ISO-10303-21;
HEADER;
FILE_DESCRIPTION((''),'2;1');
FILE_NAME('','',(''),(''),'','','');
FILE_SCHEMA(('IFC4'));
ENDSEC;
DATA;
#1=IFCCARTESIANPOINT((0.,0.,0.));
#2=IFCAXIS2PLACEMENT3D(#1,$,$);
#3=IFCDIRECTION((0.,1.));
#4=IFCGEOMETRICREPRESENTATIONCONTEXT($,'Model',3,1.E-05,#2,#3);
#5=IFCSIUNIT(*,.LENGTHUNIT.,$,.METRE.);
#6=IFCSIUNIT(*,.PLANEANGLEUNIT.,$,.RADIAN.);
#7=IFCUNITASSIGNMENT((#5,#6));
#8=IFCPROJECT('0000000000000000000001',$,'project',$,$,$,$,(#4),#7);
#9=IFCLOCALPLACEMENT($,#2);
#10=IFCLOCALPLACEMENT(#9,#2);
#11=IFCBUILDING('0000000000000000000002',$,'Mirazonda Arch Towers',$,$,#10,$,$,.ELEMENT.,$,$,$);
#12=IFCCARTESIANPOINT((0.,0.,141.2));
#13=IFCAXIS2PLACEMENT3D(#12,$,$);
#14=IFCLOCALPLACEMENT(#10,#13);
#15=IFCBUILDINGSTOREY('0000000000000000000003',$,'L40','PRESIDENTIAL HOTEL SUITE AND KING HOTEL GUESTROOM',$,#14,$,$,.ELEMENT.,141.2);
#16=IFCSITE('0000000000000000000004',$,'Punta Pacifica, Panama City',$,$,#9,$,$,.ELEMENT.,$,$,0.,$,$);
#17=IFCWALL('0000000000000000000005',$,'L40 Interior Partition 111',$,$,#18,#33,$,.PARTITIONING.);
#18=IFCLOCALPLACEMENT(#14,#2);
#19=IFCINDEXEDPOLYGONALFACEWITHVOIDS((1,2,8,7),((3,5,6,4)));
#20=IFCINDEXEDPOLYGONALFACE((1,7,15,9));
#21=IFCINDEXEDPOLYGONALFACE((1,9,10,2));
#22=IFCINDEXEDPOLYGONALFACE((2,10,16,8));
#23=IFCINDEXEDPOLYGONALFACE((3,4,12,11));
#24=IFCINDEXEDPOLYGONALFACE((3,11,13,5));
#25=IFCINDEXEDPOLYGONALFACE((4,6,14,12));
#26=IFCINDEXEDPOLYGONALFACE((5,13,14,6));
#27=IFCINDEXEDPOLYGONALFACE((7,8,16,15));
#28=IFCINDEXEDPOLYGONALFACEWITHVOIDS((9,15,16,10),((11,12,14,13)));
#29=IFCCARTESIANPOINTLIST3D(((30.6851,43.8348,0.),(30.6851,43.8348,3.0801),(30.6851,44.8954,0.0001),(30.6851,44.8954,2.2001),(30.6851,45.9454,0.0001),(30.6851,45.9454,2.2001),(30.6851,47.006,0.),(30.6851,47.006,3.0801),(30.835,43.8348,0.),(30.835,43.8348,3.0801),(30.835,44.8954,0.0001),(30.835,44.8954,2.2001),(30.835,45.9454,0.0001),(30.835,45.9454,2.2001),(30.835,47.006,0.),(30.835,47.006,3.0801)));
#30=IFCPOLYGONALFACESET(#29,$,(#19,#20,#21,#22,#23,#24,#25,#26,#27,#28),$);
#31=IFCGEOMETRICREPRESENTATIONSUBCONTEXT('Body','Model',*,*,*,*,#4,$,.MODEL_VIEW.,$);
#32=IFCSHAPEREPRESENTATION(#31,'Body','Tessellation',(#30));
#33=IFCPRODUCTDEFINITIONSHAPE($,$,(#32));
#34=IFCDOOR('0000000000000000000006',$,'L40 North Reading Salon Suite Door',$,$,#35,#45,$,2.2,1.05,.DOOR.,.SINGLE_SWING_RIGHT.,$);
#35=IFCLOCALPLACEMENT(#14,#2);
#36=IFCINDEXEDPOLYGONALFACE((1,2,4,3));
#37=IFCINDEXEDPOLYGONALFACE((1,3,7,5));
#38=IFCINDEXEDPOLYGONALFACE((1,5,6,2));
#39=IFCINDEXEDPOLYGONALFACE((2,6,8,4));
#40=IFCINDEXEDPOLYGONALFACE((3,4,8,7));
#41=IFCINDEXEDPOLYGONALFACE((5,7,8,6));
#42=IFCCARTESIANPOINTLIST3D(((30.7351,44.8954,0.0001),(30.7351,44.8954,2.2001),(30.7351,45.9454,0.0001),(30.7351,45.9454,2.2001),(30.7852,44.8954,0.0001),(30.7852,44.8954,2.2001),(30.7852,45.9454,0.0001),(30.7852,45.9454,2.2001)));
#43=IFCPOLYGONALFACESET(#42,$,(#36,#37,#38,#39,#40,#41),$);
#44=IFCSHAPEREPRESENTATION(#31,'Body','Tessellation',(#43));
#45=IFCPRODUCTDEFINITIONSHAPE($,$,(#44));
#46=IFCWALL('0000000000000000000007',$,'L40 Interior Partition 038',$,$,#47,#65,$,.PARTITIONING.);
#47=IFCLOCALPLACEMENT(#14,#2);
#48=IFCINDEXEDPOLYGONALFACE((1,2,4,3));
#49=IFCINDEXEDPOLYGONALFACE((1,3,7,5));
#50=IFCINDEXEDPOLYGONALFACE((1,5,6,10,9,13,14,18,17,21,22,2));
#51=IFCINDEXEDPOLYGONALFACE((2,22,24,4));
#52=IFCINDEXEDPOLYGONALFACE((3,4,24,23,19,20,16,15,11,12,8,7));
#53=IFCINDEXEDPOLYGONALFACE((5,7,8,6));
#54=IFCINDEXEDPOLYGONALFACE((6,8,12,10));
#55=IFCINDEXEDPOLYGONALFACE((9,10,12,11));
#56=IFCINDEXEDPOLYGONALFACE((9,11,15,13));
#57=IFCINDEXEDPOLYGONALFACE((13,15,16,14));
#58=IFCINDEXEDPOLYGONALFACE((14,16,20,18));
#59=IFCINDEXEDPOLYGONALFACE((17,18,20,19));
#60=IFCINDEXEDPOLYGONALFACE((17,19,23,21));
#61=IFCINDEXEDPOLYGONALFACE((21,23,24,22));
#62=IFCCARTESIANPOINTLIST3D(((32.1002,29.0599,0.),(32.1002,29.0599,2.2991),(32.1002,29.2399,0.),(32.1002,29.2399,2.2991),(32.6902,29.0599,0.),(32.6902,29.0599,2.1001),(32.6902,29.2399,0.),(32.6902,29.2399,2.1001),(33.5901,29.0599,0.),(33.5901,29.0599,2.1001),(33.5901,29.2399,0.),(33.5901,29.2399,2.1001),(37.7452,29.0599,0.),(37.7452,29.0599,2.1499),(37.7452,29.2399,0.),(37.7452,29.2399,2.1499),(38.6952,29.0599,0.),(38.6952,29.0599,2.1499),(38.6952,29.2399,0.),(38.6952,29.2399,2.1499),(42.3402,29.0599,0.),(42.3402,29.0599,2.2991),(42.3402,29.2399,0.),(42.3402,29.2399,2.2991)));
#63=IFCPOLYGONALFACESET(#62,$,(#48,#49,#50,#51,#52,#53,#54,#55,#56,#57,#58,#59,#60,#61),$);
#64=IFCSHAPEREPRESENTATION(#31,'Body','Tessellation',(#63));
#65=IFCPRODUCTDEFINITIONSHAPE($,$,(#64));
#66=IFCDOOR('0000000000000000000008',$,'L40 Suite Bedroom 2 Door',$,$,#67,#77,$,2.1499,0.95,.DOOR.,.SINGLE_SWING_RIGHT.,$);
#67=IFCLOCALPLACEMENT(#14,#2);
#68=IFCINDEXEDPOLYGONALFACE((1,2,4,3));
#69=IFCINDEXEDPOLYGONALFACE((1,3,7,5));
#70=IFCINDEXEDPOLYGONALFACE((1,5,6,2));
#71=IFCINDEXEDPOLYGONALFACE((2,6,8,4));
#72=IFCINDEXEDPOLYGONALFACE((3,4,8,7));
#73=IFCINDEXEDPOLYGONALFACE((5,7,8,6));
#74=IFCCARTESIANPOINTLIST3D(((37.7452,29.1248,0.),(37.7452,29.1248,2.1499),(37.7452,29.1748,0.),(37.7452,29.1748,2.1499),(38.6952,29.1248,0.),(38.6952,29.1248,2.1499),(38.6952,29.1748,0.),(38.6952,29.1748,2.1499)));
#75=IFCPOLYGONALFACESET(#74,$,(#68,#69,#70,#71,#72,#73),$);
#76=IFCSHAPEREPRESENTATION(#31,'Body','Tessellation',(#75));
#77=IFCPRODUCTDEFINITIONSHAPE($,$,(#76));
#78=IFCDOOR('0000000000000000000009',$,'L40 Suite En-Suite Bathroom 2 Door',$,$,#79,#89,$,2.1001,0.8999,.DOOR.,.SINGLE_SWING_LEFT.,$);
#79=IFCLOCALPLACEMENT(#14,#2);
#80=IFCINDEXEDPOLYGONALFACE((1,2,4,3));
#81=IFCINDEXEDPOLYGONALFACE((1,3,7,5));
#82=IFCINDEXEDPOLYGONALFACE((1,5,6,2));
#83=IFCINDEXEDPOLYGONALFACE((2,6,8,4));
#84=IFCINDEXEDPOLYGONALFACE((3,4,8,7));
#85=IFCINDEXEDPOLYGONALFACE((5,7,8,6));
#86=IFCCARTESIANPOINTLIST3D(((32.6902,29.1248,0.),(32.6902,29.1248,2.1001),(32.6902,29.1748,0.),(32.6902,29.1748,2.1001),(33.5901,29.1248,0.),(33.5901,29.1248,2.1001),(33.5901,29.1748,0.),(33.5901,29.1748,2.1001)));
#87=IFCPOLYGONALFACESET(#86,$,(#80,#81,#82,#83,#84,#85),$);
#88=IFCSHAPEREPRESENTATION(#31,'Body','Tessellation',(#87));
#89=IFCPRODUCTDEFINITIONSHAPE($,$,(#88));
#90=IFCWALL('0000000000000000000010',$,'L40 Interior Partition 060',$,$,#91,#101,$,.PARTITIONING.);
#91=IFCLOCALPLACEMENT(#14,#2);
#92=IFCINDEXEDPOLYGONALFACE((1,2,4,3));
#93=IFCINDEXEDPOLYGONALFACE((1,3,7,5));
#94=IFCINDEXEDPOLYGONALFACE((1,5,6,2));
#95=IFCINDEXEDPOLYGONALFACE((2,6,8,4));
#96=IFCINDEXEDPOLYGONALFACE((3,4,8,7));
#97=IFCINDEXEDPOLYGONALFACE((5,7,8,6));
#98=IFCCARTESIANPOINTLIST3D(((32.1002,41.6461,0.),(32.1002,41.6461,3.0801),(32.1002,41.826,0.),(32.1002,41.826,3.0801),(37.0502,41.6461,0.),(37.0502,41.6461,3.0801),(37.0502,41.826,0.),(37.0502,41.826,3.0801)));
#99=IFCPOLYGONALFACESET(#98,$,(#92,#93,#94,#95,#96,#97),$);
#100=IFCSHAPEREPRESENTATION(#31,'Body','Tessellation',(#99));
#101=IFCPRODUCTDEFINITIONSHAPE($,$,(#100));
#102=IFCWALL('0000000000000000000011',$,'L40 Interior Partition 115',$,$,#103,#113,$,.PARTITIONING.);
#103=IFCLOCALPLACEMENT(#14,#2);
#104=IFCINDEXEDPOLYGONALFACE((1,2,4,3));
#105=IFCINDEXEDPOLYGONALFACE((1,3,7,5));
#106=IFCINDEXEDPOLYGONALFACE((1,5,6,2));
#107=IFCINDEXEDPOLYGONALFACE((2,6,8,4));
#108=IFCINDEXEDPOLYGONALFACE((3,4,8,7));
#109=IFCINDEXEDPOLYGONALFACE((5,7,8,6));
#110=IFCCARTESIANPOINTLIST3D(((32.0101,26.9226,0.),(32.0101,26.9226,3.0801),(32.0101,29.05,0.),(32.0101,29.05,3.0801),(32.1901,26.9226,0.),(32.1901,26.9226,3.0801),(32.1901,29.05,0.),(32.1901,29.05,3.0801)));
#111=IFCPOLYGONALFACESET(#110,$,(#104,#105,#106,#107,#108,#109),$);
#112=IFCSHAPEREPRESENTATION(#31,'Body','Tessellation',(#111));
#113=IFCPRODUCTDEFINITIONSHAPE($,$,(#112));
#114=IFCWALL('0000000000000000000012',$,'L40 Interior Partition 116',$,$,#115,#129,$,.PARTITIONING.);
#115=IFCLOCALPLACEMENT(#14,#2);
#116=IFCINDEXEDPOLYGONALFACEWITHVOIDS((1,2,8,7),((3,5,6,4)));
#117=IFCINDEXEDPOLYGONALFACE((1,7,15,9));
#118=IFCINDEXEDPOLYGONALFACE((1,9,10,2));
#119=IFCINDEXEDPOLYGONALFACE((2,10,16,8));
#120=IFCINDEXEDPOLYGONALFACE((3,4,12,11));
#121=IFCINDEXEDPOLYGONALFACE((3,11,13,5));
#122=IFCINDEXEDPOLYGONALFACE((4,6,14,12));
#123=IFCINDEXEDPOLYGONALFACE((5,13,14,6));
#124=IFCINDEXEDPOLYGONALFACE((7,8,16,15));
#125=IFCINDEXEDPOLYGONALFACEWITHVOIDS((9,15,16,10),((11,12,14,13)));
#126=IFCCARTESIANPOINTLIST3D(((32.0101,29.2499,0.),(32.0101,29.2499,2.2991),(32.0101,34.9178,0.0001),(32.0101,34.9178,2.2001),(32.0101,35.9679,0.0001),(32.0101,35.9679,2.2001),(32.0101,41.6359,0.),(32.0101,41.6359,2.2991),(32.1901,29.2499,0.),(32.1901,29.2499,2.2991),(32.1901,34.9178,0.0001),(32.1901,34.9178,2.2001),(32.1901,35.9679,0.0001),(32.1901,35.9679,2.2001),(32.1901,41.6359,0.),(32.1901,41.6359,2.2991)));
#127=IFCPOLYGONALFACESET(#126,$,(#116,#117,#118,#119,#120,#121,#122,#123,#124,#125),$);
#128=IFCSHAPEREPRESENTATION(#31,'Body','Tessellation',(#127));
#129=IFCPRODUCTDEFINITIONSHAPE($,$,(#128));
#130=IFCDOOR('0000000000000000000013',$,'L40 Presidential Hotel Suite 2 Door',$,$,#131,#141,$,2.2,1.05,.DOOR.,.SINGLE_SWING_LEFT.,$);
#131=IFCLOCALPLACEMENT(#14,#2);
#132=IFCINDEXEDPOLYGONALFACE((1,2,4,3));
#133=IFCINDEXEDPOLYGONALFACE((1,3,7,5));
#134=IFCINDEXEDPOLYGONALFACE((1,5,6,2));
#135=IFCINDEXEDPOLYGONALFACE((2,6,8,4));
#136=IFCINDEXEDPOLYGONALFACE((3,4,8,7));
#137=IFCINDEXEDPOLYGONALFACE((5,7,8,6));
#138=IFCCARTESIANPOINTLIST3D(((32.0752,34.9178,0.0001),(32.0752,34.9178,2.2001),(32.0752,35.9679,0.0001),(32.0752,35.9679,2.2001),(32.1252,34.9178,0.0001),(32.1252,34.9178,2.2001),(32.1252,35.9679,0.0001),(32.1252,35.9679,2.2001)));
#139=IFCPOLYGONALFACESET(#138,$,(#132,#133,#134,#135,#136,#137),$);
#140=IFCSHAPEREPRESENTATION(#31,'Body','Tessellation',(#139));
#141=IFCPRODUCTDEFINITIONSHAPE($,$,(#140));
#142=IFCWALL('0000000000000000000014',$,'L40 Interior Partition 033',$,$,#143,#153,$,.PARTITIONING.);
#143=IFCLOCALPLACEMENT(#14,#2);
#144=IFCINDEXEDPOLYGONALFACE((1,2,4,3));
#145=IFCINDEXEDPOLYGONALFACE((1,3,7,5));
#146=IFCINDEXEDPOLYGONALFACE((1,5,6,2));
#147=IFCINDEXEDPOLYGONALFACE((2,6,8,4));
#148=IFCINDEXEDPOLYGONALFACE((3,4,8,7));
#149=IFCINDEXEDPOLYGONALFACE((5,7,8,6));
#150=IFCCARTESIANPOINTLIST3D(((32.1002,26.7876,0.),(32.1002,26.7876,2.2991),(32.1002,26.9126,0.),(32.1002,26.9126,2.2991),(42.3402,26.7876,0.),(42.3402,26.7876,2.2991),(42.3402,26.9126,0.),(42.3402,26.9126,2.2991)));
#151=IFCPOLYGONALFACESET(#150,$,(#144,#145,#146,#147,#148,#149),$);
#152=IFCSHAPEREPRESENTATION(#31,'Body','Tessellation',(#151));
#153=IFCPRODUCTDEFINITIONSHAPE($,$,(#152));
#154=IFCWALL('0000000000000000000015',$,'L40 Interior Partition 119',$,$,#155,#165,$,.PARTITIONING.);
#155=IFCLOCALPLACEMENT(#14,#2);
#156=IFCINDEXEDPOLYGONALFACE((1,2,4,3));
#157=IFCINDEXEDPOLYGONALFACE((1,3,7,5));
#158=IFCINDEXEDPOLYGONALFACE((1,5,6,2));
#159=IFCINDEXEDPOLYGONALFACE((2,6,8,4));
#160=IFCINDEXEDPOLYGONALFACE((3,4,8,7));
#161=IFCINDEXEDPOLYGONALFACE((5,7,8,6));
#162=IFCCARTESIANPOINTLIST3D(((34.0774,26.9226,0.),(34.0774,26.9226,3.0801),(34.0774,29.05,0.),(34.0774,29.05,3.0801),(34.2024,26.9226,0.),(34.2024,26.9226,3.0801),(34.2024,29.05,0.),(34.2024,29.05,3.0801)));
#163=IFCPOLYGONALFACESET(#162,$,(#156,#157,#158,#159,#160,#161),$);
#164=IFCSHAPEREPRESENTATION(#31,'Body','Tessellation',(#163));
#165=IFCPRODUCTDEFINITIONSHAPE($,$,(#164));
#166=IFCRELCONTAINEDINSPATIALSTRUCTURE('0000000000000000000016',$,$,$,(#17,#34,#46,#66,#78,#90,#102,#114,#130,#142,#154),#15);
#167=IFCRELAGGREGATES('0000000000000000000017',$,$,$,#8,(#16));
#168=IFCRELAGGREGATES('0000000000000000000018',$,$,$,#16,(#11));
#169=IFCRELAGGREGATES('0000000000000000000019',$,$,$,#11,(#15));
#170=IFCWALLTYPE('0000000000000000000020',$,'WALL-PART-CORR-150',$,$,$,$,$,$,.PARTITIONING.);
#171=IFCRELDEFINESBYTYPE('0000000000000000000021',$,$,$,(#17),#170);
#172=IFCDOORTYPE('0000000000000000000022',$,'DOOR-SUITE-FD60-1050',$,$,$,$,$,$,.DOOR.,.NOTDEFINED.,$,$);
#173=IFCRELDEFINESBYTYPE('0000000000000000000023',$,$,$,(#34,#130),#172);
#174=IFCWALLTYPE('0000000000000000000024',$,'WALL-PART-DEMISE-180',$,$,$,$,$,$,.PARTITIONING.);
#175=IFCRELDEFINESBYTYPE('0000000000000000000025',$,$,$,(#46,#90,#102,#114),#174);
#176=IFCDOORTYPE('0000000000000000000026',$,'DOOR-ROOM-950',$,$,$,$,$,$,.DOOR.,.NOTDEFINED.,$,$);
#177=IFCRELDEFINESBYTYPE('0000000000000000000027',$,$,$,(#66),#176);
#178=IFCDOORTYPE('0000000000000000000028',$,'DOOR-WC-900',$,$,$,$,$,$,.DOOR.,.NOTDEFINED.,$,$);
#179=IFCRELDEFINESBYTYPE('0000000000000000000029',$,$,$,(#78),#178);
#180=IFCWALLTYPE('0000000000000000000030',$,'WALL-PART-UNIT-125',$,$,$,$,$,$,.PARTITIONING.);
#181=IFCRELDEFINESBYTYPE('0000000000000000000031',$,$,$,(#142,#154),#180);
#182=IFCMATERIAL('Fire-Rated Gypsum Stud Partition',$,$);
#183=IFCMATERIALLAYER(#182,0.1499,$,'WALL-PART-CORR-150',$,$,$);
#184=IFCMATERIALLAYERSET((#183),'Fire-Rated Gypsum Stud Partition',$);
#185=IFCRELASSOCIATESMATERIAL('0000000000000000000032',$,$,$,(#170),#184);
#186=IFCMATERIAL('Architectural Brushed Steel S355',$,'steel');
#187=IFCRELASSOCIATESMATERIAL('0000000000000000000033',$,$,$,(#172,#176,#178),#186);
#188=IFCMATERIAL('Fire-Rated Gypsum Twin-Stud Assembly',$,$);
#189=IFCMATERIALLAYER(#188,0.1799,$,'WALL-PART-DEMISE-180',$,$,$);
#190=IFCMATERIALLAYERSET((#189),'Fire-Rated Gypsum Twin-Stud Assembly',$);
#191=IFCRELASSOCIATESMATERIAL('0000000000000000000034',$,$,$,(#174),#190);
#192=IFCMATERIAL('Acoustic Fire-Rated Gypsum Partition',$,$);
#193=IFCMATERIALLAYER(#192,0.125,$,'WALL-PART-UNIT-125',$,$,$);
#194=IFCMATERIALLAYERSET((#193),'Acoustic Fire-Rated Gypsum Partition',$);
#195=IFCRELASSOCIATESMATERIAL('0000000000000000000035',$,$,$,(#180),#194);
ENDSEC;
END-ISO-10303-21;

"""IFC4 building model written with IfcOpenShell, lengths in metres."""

from ifc_helpers import new_model, si_unit, direction, frame, frame_2d, origin, place, context, subcontext, project, spatial, rectangle, extrude, material, layer, layer_set, type_object, element, fill, save


model = new_model("IFC4")

# Units and contexts
model_context = context("Model", 3, precision=1e-05, world=origin(), true_north=direction((0.0, 1.0)))
body_context = subcontext(model_context, "Body", "Model", "MODEL_VIEW")
ifc_project = project(units=[si_unit("LENGTHUNIT", "METRE"), si_unit("PLANEANGLEUNIT", "RADIAN")], contexts=[model_context])

# Site, building, storey
site_placement = place(None, origin())
site = spatial("IfcSite", under=ifc_project, at=site_placement, Name="Punta Pacifica, Panama City", CompositionType="ELEMENT", RefElevation=0.0)
building_placement = place(site_placement, origin())
building = spatial("IfcBuilding", under=site, at=building_placement, Name="Mirazonda Arch Towers", CompositionType="ELEMENT")
storey_placement = place(building_placement, frame((0.0, 0.0, 141.2)))
storey = spatial("IfcBuildingStorey", under=building, at=storey_placement, Name="L40", Description="PRESIDENTIAL HOTEL SUITE AND KING HOTEL GUESTROOM", CompositionType="ELEMENT", Elevation=141.2)

# Shared definitions
ifc_material_1 = material(Name="Fire-Rated Gypsum Stud Partition")
ifc_layer_1 = layer(ifc_material_1, 0.1499, Name="WALL-PART-CORR-150")
ifc_layer_set_1 = layer_set([ifc_layer_1], Name="Fire-Rated Gypsum Stud Partition")
wall_type_1 = type_object("IfcWallType", Name="WALL-PART-CORR-150", PredefinedType="PARTITIONING", material=ifc_layer_set_1)

# Wall, opening, door
wall_1_placement = place(storey_placement, frame((30.76, 43.835, 0.0), z_axis=(0.0, 0.0, 1.0), x_axis=(0.0, 1.0, 0.0)))
wall_1 = element("IfcWall", 1, at=wall_1_placement, inside=storey, type_object=wall_type_1, Name="L40 Interior Partition 111", PredefinedType="PARTITIONING", context=body_context, shape_type="SweptSolid", body=[
    extrude(rectangle(XDim=3.1711, YDim=0.1499, at=frame_2d((1.5854, 0.0))), origin(), (0.0, 0.0, 1.0), 3.0801),
])
opening_1_placement = place(wall_1_placement, frame((1.0605, 0.0, 0.0)))
opening_1 = element("IfcOpeningElement", 2, at=opening_1_placement, cuts=wall_1, PredefinedType="OPENING", context=body_context, shape_type="SweptSolid", body=[
    extrude(rectangle(XDim=1.05, YDim=2.2, at=frame_2d((0.5249, 1.1001))), frame((0.0, 0.085, 0.0), z_axis=(0.0, -1.0, 0.0), x_axis=(1.0, 0.0, 0.0)), (0.0, 0.0, 1.0), 0.1699),
])
ifc_material_2 = material(Name="Architectural Brushed Steel S355", Category="steel")
door_type_1 = type_object("IfcDoorType", Name="DOOR-SUITE-FD60-1050", OperationType="NOTDEFINED", PredefinedType="DOOR", material=ifc_material_2)
door_1_placement = place(opening_1_placement, origin())
door_1 = element("IfcDoor", 3, at=door_1_placement, inside=storey, type_object=door_type_1, Name="L40 North Reading Salon Suite Door", OperationType="SINGLE_SWING_RIGHT", OverallHeight=2.2, OverallWidth=1.05, PredefinedType="DOOR", context=body_context, shape_type="SweptSolid", body=[
    extrude(rectangle(XDim=1.05, YDim=2.2, at=frame_2d((0.5249, 1.1001))), frame((0.0, 0.0249, 0.0), z_axis=(0.0, -1.0, 0.0), x_axis=(1.0, 0.0, 0.0)), (0.0, 0.0, 1.0), 0.05),
])
fill(opening_1, door_1)

# Wall, openings, doors
ifc_material_3 = material(Name="Fire-Rated Gypsum Twin-Stud Assembly")
ifc_layer_2 = layer(ifc_material_3, 0.1799, Name="WALL-PART-DEMISE-180")
ifc_layer_set_2 = layer_set([ifc_layer_2], Name="Fire-Rated Gypsum Twin-Stud Assembly")
wall_type_2 = type_object("IfcWallType", Name="WALL-PART-DEMISE-180", PredefinedType="PARTITIONING", material=ifc_layer_set_2)
wall_2_placement = place(storey_placement, frame((32.1001, 29.1499, 0.0), z_axis=(0.0, 0.0, 1.0), x_axis=(1.0, 0.0, 0.0)))
wall_2 = element("IfcWall", 4, at=wall_2_placement, inside=storey, type_object=wall_type_2, Name="L40 Interior Partition 038", PredefinedType="PARTITIONING", context=body_context, shape_type="SweptSolid", body=[
    extrude(rectangle(XDim=10.24, YDim=0.1799, at=frame_2d((5.1201, 0.0))), origin(), (0.0, 0.0, 1.0), 2.2991),
])
opening_2_placement = place(wall_2_placement, frame((5.645, 0.0, 0.0)))
opening_2 = element("IfcOpeningElement", 5, at=opening_2_placement, cuts=wall_2, PredefinedType="OPENING", context=body_context, shape_type="SweptSolid", body=[
    extrude(rectangle(XDim=0.95, YDim=2.1499, at=frame_2d((0.4751, 1.075))), frame((0.0, 0.0999, 0.0), z_axis=(0.0, -1.0, 0.0), x_axis=(1.0, 0.0, 0.0)), (0.0, 0.0, 1.0), 0.2),
])
opening_3_placement = place(wall_2_placement, frame((0.5901, 0.0, 0.0)))
opening_3 = element("IfcOpeningElement", 6, at=opening_3_placement, cuts=wall_2, PredefinedType="OPENING", context=body_context, shape_type="SweptSolid", body=[
    extrude(rectangle(XDim=0.8999, YDim=2.1001, at=frame_2d((0.45, 1.05))), frame((0.0, 0.0999, 0.0), z_axis=(0.0, -1.0, 0.0), x_axis=(1.0, 0.0, 0.0)), (0.0, 0.0, 1.0), 0.2),
])
door_type_2 = type_object("IfcDoorType", Name="DOOR-ROOM-950", OperationType="NOTDEFINED", PredefinedType="DOOR", material=ifc_material_2)
door_2_placement = place(opening_2_placement, origin())
door_2 = element("IfcDoor", 7, at=door_2_placement, inside=storey, type_object=door_type_2, Name="L40 Suite Bedroom 2 Door", OperationType="SINGLE_SWING_RIGHT", OverallHeight=2.1499, OverallWidth=0.95, PredefinedType="DOOR", context=body_context, shape_type="SweptSolid", body=[
    extrude(rectangle(XDim=0.95, YDim=2.1499, at=frame_2d((0.4751, 1.075))), frame((0.0, 0.0249, 0.0), z_axis=(0.0, -1.0, 0.0), x_axis=(1.0, 0.0, 0.0)), (0.0, 0.0, 1.0), 0.05),
])
fill(opening_2, door_2)
door_type_3 = type_object("IfcDoorType", Name="DOOR-WC-900", OperationType="NOTDEFINED", PredefinedType="DOOR", material=ifc_material_2)
door_3_placement = place(opening_3_placement, origin())
door_3 = element("IfcDoor", 8, at=door_3_placement, inside=storey, type_object=door_type_3, Name="L40 Suite En-Suite Bathroom 2 Door", OperationType="SINGLE_SWING_LEFT", OverallHeight=2.1001, OverallWidth=0.8999, PredefinedType="DOOR", context=body_context, shape_type="SweptSolid", body=[
    extrude(rectangle(XDim=0.8999, YDim=2.1001, at=frame_2d((0.45, 1.05))), frame((0.0, 0.0249, 0.0), z_axis=(0.0, -1.0, 0.0), x_axis=(1.0, 0.0, 0.0)), (0.0, 0.0, 1.0), 0.05),
])
fill(opening_3, door_3)

# Walls
wall_3_placement = place(storey_placement, frame((32.1001, 41.7361, 0.0), z_axis=(0.0, 0.0, 1.0), x_axis=(1.0, 0.0, 0.0)))
element("IfcWall", 9, at=wall_3_placement, inside=storey, type_object=wall_type_2, Name="L40 Interior Partition 060", PredefinedType="PARTITIONING", context=body_context, shape_type="SweptSolid", body=[
    extrude(rectangle(XDim=4.95, YDim=0.1799, at=frame_2d((2.4751, 0.0))), origin(), (0.0, 0.0, 1.0), 3.0801),
])
wall_4_placement = place(storey_placement, frame((32.1001, 26.9226, 0.0), z_axis=(0.0, 0.0, 1.0), x_axis=(0.0, 1.0, 0.0)))
element("IfcWall", 10, at=wall_4_placement, inside=storey, type_object=wall_type_2, Name="L40 Interior Partition 115", PredefinedType="PARTITIONING", context=body_context, shape_type="SweptSolid", body=[
    extrude(rectangle(XDim=2.1274, YDim=0.1799, at=frame_2d((1.0637, 0.0))), origin(), (0.0, 0.0, 1.0), 3.0801),
])

# Wall, opening, door
wall_5_placement = place(storey_placement, frame((32.1001, 29.25, 0.0), z_axis=(0.0, 0.0, 1.0), x_axis=(0.0, 1.0, 0.0)))
wall_5 = element("IfcWall", 11, at=wall_5_placement, inside=storey, type_object=wall_type_2, Name="L40 Interior Partition 116", PredefinedType="PARTITIONING", context=body_context, shape_type="SweptSolid", body=[
    extrude(rectangle(XDim=12.386, YDim=0.1799, at=frame_2d((6.1929, 0.0))), origin(), (0.0, 0.0, 1.0), 2.2991),
])
opening_4_placement = place(wall_5_placement, frame((5.668, 0.0, 0.0)))
opening_4 = element("IfcOpeningElement", 12, at=opening_4_placement, cuts=wall_5, PredefinedType="OPENING", context=body_context, shape_type="SweptSolid", body=[
    extrude(rectangle(XDim=1.05, YDim=2.2, at=frame_2d((0.5249, 1.1001))), frame((0.0, 0.0999, 0.0), z_axis=(0.0, -1.0, 0.0), x_axis=(1.0, 0.0, 0.0)), (0.0, 0.0, 1.0), 0.2),
])
door_4_placement = place(opening_4_placement, origin())
door_4 = element("IfcDoor", 13, at=door_4_placement, inside=storey, type_object=door_type_1, Name="L40 Presidential Hotel Suite 2 Door", OperationType="SINGLE_SWING_LEFT", OverallHeight=2.2, OverallWidth=1.05, PredefinedType="DOOR", context=body_context, shape_type="SweptSolid", body=[
    extrude(rectangle(XDim=1.05, YDim=2.2, at=frame_2d((0.5249, 1.1001))), frame((0.0, 0.0249, 0.0), z_axis=(0.0, -1.0, 0.0), x_axis=(1.0, 0.0, 0.0)), (0.0, 0.0, 1.0), 0.05),
])
fill(opening_4, door_4)

# Walls
ifc_material_4 = material(Name="Acoustic Fire-Rated Gypsum Partition")
ifc_layer_3 = layer(ifc_material_4, 0.125, Name="WALL-PART-UNIT-125")
ifc_layer_set_3 = layer_set([ifc_layer_3], Name="Acoustic Fire-Rated Gypsum Partition")
wall_type_3 = type_object("IfcWallType", Name="WALL-PART-UNIT-125", PredefinedType="PARTITIONING", material=ifc_layer_set_3)
wall_6_placement = place(storey_placement, frame((32.1001, 26.8501, 0.0), z_axis=(0.0, 0.0, 1.0), x_axis=(1.0, 0.0, 0.0)))
element("IfcWall", 14, at=wall_6_placement, inside=storey, type_object=wall_type_3, Name="L40 Interior Partition 033", PredefinedType="PARTITIONING", context=body_context, shape_type="SweptSolid", body=[
    extrude(rectangle(XDim=10.24, YDim=0.125, at=frame_2d((5.1201, 0.0))), origin(), (0.0, 0.0, 1.0), 2.2991),
])
wall_7_placement = place(storey_placement, frame((34.1399, 26.9226, 0.0), z_axis=(0.0, 0.0, 1.0), x_axis=(0.0, 1.0, 0.0)))
element("IfcWall", 15, at=wall_7_placement, inside=storey, type_object=wall_type_3, Name="L40 Interior Partition 119", PredefinedType="PARTITIONING", context=body_context, shape_type="SweptSolid", body=[
    extrude(rectangle(XDim=2.1274, YDim=0.125, at=frame_2d((1.0637, 0.0))), origin(), (0.0, 0.0, 1.0), 3.0801),
])

save(model, "model.ifc")
